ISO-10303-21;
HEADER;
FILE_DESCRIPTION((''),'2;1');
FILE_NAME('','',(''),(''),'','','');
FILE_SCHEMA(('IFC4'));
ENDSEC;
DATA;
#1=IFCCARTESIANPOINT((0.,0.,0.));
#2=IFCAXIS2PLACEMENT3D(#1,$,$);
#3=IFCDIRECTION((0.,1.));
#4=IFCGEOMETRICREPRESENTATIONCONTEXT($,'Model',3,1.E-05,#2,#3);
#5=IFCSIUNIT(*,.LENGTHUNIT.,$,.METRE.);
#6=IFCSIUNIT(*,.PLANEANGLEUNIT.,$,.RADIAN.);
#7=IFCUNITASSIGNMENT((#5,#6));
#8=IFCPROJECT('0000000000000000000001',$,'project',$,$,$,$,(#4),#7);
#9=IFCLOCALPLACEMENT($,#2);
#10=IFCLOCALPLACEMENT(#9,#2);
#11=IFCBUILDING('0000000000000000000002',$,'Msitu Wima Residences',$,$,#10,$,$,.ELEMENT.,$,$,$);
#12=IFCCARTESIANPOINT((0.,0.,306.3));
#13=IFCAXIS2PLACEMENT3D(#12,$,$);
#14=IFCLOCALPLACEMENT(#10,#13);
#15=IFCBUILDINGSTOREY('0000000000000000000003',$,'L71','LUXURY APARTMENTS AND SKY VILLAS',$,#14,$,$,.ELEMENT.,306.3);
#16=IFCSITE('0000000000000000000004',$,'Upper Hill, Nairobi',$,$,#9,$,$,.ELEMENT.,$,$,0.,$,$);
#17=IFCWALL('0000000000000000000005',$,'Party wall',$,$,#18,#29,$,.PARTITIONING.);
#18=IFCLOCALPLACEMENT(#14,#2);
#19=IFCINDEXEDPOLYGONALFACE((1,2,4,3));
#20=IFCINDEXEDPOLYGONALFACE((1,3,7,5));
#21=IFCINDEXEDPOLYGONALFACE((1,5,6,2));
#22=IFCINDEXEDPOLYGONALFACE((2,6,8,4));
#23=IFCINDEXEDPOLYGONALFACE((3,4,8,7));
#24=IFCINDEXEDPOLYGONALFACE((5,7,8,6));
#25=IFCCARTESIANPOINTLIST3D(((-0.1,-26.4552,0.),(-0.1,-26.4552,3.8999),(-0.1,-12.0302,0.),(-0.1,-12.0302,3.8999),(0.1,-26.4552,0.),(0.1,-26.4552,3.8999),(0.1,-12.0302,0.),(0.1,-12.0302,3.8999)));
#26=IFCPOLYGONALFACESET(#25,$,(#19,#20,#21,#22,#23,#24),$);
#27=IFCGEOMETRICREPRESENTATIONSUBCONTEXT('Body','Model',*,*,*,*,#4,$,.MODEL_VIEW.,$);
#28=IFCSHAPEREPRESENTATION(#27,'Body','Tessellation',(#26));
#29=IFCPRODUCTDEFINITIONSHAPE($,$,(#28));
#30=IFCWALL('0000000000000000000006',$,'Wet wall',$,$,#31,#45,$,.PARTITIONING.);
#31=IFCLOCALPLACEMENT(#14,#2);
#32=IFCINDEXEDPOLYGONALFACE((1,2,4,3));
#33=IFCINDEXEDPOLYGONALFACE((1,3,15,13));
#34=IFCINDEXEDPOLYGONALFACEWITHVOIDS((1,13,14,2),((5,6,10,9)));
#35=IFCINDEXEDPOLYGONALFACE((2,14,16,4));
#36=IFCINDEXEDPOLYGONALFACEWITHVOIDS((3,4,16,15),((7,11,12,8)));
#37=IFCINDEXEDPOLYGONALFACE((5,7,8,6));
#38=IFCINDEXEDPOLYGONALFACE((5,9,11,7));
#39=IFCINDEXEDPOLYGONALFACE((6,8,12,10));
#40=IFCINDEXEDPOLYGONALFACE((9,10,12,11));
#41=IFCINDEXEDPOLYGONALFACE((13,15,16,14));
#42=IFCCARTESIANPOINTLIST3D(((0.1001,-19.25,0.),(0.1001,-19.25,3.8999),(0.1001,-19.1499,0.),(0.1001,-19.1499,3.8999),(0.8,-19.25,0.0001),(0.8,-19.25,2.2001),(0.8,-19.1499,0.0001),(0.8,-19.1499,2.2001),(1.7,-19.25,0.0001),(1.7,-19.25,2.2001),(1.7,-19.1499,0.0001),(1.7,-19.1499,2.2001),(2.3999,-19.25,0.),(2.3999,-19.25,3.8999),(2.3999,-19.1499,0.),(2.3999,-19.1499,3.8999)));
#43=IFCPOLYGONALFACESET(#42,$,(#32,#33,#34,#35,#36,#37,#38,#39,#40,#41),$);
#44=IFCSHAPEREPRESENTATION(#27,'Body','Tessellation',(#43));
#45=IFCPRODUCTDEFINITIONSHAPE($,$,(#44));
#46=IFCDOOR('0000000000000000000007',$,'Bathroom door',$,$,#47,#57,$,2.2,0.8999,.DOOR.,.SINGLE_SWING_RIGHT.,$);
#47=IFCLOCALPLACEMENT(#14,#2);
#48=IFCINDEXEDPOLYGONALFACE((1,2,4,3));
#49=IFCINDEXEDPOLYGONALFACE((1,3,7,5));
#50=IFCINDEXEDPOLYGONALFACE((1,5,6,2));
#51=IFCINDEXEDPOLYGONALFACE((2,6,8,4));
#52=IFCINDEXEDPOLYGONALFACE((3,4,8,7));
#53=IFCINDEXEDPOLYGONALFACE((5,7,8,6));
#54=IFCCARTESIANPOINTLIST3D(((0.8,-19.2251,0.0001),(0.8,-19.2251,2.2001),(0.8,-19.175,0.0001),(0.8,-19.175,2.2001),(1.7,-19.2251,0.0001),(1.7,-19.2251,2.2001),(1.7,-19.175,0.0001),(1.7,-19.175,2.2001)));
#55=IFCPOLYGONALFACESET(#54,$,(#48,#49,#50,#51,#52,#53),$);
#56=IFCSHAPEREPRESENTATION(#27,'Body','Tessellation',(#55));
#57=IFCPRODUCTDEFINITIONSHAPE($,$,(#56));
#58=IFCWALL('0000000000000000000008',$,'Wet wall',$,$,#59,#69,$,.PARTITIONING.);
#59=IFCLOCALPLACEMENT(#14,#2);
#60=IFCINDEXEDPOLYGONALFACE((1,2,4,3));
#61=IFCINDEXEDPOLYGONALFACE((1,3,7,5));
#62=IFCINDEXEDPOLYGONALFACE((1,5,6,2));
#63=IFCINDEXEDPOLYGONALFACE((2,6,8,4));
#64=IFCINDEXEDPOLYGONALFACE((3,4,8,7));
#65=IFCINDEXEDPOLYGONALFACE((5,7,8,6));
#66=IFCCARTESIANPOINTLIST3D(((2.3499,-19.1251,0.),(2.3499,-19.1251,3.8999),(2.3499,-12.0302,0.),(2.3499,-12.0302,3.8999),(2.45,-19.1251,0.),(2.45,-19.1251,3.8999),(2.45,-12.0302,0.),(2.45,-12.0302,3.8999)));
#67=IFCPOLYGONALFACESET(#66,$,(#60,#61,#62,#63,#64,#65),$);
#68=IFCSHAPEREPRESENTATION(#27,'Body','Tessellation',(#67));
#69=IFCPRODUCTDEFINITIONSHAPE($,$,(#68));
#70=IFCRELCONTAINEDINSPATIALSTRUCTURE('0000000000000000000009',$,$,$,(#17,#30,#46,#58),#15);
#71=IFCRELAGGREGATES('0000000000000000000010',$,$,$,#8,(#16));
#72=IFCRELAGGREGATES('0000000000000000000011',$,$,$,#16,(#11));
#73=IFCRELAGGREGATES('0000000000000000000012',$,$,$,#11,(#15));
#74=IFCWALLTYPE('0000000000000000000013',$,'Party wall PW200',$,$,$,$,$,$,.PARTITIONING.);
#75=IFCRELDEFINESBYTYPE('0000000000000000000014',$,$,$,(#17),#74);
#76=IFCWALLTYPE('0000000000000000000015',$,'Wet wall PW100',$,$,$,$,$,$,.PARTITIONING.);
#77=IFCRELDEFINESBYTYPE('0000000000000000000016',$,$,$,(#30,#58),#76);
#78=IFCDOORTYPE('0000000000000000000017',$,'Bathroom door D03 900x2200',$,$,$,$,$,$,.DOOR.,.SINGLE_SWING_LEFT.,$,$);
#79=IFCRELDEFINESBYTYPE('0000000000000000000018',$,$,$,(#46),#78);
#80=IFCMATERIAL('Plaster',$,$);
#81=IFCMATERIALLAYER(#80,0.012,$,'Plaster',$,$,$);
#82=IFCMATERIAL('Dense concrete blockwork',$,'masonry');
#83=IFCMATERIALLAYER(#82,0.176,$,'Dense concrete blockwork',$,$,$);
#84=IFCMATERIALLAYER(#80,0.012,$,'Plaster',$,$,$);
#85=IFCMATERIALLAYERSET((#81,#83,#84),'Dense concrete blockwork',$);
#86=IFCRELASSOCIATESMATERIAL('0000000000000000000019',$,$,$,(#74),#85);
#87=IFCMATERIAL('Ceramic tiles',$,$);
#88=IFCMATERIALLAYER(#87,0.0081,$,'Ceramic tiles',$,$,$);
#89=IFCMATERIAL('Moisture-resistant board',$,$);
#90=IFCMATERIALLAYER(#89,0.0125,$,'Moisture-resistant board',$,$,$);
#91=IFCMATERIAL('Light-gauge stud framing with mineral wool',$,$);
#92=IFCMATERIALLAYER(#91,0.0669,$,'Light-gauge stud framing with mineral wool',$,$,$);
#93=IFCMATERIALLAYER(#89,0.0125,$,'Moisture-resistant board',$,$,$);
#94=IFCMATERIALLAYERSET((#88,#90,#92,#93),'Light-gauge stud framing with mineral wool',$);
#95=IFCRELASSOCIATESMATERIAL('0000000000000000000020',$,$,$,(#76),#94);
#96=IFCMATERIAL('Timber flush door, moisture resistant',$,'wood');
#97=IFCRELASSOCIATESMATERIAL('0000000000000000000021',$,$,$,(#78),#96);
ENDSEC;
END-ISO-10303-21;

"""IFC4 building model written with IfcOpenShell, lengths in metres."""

from ifc_helpers import new_model, si_unit, direction, frame, frame_2d, origin, place, context, subcontext, project, spatial, rectangle, extrude, material, layer, layer_set, type_object, element, fill, save


model = new_model("IFC4")

# Units and contexts
model_context = context("Model", 3, precision=1e-05, world=origin(), true_north=direction((0.0, 1.0)))
body_context = subcontext(model_context, "Body", "Model", "MODEL_VIEW")
ifc_project = project(units=[si_unit("LENGTHUNIT", "METRE"), si_unit("PLANEANGLEUNIT", "RADIAN")], contexts=[model_context])

# Site, building, storey
site_placement = place(None, origin())
site = spatial("IfcSite", under=ifc_project, at=site_placement, Name="Upper Hill, Nairobi", CompositionType="ELEMENT", RefElevation=0.0)
building_placement = place(site_placement, origin())
building = spatial("IfcBuilding", under=site, at=building_placement, Name="Msitu Wima Residences", CompositionType="ELEMENT")
storey_placement = place(building_placement, frame((0.0, 0.0, 306.3)))
storey = spatial("IfcBuildingStorey", under=building, at=storey_placement, Name="L71", Description="LUXURY APARTMENTS AND SKY VILLAS", CompositionType="ELEMENT", Elevation=306.3)

# Shared definitions
ifc_material_1 = material(Name="Plaster")

# Wall
ifc_layer_1 = layer(ifc_material_1, 0.012, Name="Plaster")
ifc_material_2 = material(Name="Dense concrete blockwork", Category="masonry")
ifc_layer_2 = layer(ifc_material_2, 0.176, Name="Dense concrete blockwork")
ifc_layer_3 = layer(ifc_material_1, 0.012, Name="Plaster")
ifc_layer_set_1 = layer_set([ifc_layer_1, ifc_layer_2, ifc_layer_3], Name="Dense concrete blockwork")
wall_type_1 = type_object("IfcWallType", Name="Party wall PW200", PredefinedType="PARTITIONING", material=ifc_layer_set_1)
wall_1_placement = place(storey_placement, frame((0.0, -26.4551, 0.0), z_axis=(0.0, 0.0, 1.0), x_axis=(0.0, 1.0, 0.0)))
element("IfcWall", 1, at=wall_1_placement, inside=storey, type_object=wall_type_1, Name="Party wall", PredefinedType="PARTITIONING", context=body_context, shape_type="SweptSolid", body=[
    extrude(rectangle(XDim=14.425, YDim=0.2, at=frame_2d((7.2124, 0.0))), origin(), (0.0, 0.0, 1.0), 3.8999),
])

# Wall, opening, door
ifc_material_3 = material(Name="Ceramic tiles")
ifc_layer_4 = layer(ifc_material_3, 0.0081, Name="Ceramic tiles")
ifc_material_4 = material(Name="Moisture-resistant board")
ifc_layer_5 = layer(ifc_material_4, 0.0125, Name="Moisture-resistant board")
ifc_material_5 = material(Name="Light-gauge stud framing with mineral wool")
ifc_layer_6 = layer(ifc_material_5, 0.0669, Name="Light-gauge stud framing with mineral wool")
ifc_layer_7 = layer(ifc_material_4, 0.0125, Name="Moisture-resistant board")
ifc_layer_set_2 = layer_set([ifc_layer_4, ifc_layer_5, ifc_layer_6, ifc_layer_7], Name="Light-gauge stud framing with mineral wool")
wall_type_2 = type_object("IfcWallType", Name="Wet wall PW100", PredefinedType="PARTITIONING", material=ifc_layer_set_2)
wall_2_placement = place(storey_placement, frame((0.1001, -19.2, 0.0), z_axis=(0.0, 0.0, 1.0), x_axis=(1.0, 0.0, 0.0)))
wall_2 = element("IfcWall", 2, at=wall_2_placement, inside=storey, type_object=wall_type_2, Name="Wet wall", PredefinedType="PARTITIONING", context=body_context, shape_type="SweptSolid", body=[
    extrude(rectangle(XDim=2.2998, YDim=0.1001, at=frame_2d((1.1499, 0.0))), origin(), (0.0, 0.0, 1.0), 3.8999),
])
opening_1_placement = place(wall_2_placement, frame((0.7, 0.0, 0.0)))
opening_1 = element("IfcOpeningElement", 3, at=opening_1_placement, cuts=wall_2, PredefinedType="OPENING", context=body_context, shape_type="SweptSolid", body=[
    extrude(rectangle(XDim=0.8999, YDim=2.2, at=frame_2d((0.45, 1.1001))), frame((0.0, 0.0601, 0.0), z_axis=(0.0, -1.0, 0.0), x_axis=(1.0, 0.0, 0.0)), (0.0, 0.0, 1.0), 0.1201),
])
ifc_material_6 = material(Name="Timber flush door, moisture resistant", Category="wood")
door_type_1 = type_object("IfcDoorType", Name="Bathroom door D03 900x2200", OperationType="SINGLE_SWING_LEFT", PredefinedType="DOOR", material=ifc_material_6)
door_1_placement = place(opening_1_placement, origin())
door_1 = element("IfcDoor", 4, at=door_1_placement, inside=storey, type_object=door_type_1, Name="Bathroom door", OperationType="SINGLE_SWING_RIGHT", OverallHeight=2.2, OverallWidth=0.8999, PredefinedType="DOOR", context=body_context, shape_type="SweptSolid", body=[
    extrude(rectangle(XDim=0.8999, YDim=2.2, at=frame_2d((0.45, 1.1001))), frame((0.0, 0.0249, 0.0), z_axis=(0.0, -1.0, 0.0), x_axis=(1.0, 0.0, 0.0)), (0.0, 0.0, 1.0), 0.05),
])
fill(opening_1, door_1)

# Wall
wall_3_placement = place(storey_placement, frame((2.3999, -19.125, 0.0), z_axis=(0.0, 0.0, 1.0), x_axis=(0.0, 1.0, 0.0)))
element("IfcWall", 5, at=wall_3_placement, inside=storey, type_object=wall_type_2, Name="Wet wall", PredefinedType="PARTITIONING", context=body_context, shape_type="SweptSolid", body=[
    extrude(rectangle(XDim=7.095, YDim=0.1001, at=frame_2d((3.5474, 0.0))), origin(), (0.0, 0.0, 1.0), 3.8999),
])

save(model, "model.ifc")
